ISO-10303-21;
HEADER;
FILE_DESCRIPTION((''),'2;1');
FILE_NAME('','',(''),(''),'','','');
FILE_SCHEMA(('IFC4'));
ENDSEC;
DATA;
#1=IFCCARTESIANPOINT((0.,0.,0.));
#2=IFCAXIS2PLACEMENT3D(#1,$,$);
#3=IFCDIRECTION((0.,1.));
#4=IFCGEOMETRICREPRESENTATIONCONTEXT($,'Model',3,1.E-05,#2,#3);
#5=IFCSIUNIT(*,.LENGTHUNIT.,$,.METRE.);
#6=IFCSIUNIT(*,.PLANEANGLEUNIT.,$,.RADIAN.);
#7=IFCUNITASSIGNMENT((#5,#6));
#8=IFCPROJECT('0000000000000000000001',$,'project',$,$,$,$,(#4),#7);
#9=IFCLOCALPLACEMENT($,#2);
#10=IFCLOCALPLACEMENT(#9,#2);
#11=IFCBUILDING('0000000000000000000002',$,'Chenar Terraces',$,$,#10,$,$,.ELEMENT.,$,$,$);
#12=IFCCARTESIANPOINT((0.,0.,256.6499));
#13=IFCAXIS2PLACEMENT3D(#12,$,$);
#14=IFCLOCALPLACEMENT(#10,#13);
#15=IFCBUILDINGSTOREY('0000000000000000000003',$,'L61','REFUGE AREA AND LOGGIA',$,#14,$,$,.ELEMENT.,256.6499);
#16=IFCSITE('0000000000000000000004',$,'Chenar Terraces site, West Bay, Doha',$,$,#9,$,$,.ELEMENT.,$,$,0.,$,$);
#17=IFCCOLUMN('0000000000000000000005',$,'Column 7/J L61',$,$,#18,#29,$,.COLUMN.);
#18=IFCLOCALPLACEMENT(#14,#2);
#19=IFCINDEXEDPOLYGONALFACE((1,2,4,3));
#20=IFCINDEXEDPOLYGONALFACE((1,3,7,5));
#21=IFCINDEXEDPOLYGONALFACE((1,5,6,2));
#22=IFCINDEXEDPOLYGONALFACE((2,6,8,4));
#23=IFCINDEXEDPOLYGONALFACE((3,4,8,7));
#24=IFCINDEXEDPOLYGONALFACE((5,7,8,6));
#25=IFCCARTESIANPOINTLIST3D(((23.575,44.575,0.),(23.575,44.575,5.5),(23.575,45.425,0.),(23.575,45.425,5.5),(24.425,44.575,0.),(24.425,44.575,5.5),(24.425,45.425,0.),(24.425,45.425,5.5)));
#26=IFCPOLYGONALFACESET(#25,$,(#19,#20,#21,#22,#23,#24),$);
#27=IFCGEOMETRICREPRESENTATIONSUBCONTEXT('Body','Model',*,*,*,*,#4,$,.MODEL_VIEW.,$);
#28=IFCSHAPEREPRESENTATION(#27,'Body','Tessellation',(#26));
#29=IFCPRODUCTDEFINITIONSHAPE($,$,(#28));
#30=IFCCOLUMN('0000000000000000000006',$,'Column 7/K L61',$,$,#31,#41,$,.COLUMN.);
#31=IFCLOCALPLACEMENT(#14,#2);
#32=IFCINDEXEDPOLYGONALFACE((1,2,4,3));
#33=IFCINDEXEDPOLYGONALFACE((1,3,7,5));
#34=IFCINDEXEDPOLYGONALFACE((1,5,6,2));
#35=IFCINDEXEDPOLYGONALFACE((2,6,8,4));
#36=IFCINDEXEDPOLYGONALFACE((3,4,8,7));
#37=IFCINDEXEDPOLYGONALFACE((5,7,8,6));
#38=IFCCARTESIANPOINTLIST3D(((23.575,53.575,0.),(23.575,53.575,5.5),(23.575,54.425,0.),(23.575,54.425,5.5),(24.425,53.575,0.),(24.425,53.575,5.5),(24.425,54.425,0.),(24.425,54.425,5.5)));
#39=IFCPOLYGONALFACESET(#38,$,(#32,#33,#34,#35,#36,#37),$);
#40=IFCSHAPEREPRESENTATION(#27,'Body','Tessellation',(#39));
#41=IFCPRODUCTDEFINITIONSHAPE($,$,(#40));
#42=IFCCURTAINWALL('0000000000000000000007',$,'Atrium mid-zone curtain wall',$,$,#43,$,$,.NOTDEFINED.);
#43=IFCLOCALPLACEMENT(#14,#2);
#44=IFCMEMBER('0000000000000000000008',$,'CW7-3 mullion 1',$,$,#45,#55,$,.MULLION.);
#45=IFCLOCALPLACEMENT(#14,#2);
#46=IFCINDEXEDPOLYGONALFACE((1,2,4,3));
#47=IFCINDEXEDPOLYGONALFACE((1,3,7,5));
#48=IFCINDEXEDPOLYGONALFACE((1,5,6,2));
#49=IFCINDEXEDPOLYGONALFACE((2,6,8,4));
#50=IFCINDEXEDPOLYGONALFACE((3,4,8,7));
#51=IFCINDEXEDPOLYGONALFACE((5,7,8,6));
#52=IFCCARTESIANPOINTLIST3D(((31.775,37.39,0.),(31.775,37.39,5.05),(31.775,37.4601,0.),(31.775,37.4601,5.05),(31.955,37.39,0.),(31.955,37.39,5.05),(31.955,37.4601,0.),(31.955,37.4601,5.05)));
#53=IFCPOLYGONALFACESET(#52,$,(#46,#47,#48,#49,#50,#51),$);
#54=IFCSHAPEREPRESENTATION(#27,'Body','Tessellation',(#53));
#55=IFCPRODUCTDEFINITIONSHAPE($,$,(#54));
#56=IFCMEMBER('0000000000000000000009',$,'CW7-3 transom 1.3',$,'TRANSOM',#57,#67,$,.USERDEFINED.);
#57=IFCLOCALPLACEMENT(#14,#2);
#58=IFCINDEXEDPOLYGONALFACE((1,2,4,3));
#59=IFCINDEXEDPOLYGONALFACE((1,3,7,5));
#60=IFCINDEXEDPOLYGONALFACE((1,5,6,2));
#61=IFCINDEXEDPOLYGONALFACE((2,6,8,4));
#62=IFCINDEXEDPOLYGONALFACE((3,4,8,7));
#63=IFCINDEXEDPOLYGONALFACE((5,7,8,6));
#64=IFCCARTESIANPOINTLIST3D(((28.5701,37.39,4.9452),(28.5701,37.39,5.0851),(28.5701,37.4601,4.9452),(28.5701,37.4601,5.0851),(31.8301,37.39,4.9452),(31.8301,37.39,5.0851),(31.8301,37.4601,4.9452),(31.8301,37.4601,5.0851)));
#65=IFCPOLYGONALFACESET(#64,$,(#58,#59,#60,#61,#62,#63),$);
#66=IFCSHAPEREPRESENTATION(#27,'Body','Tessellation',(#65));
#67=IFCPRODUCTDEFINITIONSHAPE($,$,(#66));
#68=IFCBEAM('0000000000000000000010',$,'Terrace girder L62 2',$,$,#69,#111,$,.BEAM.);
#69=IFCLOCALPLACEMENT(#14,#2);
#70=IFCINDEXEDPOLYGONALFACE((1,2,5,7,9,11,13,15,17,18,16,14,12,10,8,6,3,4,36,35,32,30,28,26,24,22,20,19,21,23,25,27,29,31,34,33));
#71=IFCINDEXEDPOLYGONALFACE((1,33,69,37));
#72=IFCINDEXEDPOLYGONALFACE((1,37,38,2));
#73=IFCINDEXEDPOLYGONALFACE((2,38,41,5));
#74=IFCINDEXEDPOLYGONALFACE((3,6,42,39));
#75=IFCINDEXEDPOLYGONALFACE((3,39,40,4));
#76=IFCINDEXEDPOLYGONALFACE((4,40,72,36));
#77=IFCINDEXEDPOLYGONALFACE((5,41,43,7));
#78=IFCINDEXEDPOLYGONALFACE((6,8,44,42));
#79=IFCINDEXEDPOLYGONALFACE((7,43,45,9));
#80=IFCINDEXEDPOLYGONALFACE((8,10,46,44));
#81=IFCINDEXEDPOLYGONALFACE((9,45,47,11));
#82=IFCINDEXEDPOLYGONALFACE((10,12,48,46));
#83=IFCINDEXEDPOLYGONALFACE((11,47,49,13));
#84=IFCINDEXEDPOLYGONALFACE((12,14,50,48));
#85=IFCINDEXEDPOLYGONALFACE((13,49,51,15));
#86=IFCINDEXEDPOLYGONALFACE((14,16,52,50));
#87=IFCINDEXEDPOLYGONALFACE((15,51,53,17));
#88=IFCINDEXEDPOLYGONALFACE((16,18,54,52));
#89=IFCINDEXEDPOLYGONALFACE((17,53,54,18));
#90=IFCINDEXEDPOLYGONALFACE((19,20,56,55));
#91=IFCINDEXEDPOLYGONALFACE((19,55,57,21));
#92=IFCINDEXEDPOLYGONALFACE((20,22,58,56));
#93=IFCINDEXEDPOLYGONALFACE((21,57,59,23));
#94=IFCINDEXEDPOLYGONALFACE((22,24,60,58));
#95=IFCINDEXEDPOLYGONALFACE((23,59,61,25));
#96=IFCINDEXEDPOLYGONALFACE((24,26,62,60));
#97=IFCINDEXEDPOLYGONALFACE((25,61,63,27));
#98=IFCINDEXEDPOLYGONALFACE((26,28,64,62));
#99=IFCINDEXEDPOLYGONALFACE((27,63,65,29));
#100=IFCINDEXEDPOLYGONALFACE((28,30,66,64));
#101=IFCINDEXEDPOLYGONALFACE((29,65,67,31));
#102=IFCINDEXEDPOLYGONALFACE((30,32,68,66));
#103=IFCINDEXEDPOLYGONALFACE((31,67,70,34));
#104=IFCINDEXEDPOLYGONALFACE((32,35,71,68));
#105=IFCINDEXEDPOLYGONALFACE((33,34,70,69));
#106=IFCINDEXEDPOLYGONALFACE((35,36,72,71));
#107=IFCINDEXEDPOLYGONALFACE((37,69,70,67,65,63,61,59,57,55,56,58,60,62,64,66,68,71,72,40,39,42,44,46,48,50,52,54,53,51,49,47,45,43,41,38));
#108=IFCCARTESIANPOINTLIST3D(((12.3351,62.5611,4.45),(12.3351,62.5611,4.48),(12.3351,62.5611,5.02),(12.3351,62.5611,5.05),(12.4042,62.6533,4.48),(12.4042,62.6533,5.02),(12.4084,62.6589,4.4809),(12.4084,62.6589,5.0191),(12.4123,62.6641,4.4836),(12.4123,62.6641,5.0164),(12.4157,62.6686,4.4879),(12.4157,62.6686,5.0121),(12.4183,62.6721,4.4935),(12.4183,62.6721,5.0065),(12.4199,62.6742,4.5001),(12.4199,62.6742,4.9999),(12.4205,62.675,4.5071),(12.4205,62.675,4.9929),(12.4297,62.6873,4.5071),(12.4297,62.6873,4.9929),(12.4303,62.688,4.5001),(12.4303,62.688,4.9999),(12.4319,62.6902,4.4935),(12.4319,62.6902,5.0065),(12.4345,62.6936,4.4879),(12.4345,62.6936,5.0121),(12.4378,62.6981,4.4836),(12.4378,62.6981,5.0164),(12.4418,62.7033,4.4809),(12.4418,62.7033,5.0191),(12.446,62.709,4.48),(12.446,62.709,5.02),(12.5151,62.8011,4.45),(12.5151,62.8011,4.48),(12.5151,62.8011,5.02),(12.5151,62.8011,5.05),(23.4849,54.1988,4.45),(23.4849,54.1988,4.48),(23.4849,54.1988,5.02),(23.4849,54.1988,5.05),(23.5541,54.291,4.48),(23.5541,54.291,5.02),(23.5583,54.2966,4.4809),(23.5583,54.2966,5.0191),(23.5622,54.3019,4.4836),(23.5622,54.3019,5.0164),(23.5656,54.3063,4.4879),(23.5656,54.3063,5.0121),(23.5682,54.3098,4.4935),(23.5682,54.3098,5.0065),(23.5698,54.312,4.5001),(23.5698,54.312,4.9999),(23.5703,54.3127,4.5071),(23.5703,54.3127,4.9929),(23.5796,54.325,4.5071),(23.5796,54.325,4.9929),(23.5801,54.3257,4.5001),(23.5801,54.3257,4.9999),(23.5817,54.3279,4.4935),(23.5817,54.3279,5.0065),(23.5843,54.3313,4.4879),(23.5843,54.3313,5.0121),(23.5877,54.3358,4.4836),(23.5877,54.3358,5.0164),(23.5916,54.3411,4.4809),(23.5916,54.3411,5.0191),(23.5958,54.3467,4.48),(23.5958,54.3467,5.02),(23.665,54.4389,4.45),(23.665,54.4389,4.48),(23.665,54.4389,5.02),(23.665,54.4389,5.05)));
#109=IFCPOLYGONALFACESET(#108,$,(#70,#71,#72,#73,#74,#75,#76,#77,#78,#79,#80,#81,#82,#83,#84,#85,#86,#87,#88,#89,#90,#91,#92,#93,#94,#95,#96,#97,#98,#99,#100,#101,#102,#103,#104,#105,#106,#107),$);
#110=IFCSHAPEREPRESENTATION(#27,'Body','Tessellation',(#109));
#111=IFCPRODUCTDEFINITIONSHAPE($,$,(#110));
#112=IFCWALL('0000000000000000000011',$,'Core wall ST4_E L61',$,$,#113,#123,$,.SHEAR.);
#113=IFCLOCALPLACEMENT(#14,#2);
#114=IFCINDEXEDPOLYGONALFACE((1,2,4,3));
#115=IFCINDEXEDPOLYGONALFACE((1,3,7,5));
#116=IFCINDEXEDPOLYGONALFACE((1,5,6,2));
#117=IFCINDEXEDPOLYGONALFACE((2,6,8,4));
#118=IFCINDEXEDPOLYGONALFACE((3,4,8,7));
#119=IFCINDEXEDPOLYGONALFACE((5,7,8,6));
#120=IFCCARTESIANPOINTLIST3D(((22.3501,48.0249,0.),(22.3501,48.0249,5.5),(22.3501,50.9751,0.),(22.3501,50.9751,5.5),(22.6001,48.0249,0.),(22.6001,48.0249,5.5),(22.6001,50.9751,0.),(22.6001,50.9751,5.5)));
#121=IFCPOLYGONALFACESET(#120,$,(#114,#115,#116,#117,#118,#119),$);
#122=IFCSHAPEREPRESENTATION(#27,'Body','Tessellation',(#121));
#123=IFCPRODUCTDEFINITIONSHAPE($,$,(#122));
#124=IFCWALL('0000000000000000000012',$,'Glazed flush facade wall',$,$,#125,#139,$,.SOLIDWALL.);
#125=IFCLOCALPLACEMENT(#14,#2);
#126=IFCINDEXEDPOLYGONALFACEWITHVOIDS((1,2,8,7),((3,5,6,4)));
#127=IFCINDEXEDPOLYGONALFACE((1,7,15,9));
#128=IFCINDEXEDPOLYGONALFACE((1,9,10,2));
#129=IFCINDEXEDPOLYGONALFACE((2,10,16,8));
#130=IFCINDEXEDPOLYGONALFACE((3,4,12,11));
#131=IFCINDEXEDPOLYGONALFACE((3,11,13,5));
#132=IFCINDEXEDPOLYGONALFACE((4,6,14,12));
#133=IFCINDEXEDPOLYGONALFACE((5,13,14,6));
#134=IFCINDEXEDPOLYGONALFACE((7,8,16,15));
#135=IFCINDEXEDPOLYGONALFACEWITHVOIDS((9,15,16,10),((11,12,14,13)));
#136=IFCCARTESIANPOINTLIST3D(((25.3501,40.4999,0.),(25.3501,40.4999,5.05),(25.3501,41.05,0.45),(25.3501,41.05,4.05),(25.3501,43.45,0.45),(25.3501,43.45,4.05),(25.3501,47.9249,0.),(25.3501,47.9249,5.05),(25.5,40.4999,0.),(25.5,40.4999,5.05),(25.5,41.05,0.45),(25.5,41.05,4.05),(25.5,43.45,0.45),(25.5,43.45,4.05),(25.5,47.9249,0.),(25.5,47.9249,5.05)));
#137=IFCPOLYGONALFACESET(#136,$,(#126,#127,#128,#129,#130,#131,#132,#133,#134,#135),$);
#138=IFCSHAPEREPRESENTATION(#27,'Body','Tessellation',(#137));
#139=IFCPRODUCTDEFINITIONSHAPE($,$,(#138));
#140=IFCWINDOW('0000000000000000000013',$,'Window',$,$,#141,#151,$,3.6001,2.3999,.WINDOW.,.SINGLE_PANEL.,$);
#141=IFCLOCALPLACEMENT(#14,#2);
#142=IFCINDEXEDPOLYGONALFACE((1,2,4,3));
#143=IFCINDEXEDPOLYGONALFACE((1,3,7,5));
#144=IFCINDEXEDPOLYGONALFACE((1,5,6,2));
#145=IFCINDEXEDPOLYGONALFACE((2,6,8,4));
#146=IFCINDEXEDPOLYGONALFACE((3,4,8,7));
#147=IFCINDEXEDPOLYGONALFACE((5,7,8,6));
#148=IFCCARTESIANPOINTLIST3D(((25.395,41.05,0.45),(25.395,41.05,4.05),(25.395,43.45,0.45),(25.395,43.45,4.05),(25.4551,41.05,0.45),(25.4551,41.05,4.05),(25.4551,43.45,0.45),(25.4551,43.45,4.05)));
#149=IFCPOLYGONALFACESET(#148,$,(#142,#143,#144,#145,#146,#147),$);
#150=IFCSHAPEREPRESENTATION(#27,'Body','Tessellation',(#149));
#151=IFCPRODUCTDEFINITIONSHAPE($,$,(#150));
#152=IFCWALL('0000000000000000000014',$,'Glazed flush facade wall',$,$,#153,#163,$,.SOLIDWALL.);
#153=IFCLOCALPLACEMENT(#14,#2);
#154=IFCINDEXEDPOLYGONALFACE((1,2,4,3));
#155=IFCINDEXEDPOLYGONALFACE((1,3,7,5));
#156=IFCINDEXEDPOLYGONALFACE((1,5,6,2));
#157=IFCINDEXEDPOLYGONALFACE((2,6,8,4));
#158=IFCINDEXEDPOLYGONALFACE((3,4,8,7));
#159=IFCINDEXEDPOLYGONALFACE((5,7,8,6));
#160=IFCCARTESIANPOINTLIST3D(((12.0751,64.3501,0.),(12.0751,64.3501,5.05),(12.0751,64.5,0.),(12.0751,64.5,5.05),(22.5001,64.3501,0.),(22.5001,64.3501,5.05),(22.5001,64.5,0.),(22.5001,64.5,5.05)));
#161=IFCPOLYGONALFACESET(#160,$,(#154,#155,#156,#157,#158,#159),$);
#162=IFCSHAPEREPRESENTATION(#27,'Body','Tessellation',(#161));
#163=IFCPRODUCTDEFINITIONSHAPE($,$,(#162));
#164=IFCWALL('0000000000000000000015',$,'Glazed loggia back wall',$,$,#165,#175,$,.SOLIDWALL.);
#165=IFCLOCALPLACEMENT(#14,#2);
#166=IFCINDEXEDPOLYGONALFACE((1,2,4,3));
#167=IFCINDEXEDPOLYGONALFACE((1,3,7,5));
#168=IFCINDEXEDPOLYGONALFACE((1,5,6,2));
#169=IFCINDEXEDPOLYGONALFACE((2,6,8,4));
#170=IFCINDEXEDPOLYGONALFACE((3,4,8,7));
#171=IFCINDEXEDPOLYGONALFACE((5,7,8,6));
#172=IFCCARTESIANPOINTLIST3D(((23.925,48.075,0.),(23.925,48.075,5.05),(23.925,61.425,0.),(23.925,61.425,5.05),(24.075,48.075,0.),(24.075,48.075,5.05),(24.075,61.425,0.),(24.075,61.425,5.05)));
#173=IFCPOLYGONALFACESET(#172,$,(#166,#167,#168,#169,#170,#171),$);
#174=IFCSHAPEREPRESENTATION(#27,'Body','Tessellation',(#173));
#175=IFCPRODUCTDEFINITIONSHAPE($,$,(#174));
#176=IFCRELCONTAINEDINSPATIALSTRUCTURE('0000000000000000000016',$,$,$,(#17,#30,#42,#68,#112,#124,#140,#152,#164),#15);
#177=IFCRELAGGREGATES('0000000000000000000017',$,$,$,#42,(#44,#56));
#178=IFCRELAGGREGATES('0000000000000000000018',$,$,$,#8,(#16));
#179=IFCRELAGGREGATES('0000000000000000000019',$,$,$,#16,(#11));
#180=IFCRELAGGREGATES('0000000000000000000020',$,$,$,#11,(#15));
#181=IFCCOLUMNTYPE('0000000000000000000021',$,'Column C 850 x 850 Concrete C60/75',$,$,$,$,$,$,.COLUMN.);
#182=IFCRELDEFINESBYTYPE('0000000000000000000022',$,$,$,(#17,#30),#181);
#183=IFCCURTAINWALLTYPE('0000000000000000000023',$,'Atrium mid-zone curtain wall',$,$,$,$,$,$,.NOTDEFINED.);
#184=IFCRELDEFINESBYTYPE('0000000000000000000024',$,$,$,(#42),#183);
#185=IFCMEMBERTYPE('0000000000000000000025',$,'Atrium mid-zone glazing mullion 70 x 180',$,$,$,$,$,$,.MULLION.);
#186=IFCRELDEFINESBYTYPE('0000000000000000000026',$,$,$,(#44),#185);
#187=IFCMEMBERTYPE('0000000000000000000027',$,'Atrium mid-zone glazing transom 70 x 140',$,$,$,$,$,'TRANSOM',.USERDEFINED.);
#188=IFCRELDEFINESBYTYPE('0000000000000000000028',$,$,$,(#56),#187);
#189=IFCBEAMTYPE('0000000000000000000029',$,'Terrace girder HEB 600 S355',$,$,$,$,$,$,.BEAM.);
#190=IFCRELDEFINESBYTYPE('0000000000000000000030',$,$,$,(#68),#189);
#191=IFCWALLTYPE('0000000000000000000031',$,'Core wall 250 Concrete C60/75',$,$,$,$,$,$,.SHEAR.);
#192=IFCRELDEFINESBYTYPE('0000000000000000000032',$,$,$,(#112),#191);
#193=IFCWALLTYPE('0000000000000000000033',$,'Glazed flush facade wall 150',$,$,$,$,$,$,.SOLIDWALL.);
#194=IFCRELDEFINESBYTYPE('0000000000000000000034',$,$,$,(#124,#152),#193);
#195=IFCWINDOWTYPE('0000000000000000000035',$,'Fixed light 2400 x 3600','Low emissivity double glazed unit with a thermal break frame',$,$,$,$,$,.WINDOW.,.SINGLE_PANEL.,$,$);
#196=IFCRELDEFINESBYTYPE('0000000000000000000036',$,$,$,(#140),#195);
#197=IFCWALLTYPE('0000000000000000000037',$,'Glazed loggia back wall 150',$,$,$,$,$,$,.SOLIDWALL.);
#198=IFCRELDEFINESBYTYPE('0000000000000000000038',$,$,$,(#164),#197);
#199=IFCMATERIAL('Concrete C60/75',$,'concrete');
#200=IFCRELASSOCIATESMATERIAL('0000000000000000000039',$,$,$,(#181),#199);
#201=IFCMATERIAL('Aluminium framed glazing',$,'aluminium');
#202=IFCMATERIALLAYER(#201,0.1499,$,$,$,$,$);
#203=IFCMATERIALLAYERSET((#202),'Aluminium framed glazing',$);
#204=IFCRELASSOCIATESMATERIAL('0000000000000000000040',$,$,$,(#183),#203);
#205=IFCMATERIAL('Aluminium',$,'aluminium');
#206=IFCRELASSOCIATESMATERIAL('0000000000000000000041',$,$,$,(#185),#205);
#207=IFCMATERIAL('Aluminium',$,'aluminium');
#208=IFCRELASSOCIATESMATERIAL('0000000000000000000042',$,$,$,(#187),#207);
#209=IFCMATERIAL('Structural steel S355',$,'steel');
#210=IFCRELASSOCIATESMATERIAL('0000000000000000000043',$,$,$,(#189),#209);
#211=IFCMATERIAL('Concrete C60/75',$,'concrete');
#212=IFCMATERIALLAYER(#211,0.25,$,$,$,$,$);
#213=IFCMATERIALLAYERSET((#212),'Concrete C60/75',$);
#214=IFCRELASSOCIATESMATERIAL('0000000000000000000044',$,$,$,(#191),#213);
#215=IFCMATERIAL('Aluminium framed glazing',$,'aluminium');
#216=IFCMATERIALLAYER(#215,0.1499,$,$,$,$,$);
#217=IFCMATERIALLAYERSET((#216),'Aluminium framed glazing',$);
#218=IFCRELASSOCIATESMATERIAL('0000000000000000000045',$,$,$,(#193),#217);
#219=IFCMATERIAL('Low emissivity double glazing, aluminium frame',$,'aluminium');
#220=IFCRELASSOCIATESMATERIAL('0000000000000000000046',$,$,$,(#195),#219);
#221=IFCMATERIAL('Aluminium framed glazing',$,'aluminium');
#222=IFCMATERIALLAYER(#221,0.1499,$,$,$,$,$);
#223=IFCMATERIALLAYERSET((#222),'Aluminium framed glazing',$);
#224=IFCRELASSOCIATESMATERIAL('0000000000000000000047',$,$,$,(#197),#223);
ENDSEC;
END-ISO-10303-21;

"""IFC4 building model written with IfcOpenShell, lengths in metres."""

from ifc_helpers import new_model, si_unit, direction, frame, frame_2d, origin, origin_2d, place, context, subcontext, project, spatial, rectangle, i_section, extrude, material, layer, layer_set, material_profile, profile_set, type_object, element, fill, aggregate, save


model = new_model("IFC4")

# Units and contexts
model_context = context("Model", 3, precision=1e-05, world=origin(), true_north=direction((0.0, 1.0)))
body_context = subcontext(model_context, "Body", "Model", "MODEL_VIEW")
ifc_project = project(units=[si_unit("LENGTHUNIT", "METRE"), si_unit("PLANEANGLEUNIT", "RADIAN")], contexts=[model_context])

# Site, building, storey
site_placement = place(None, origin())
site = spatial("IfcSite", under=ifc_project, at=site_placement, Name="Chenar Terraces site, West Bay, Doha", CompositionType="ELEMENT", RefElevation=0.0)
building_placement = place(site_placement, origin())
building = spatial("IfcBuilding", under=site, at=building_placement, Name="Chenar Terraces", CompositionType="ELEMENT")
storey_placement = place(building_placement, frame((0.0, 0.0, 256.6499)))
storey = spatial("IfcBuildingStorey", under=building, at=storey_placement, Name="L61", Description="REFUGE AREA AND LOGGIA", CompositionType="ELEMENT", Elevation=256.6499)

# Columns
ifc_material_1 = material(Name="Concrete C60/75", Category="concrete")
ifc_material_profile_1 = material_profile(ifc_material_1, rectangle(XDim=0.8501, YDim=0.8501, at=origin_2d()), Name="C 850 x 850")
ifc_profile_set_1 = profile_set([ifc_material_profile_1], Name="Concrete C60/75")
column_type = type_object("IfcColumnType", Name="Column C 850 x 850 Concrete C60/75", PredefinedType="COLUMN", material=ifc_profile_set_1)
for number, where, z_axis, x_axis, name in (
    (1, (24.0, 45.0, 0.0), (0.0, 0.0, 1.0), (1.0, 0.0, 0.0), "Column 7/J L61"),
    (2, (24.0, 54.0, 0.0), (0.0, 0.0, 1.0), (1.0, 0.0, 0.0), "Column 7/K L61"),
):
    element("IfcColumn", number, at=place(storey_placement, frame(where, z_axis=z_axis, x_axis=x_axis)), inside=storey, type_object=column_type, Name=name, PredefinedType="COLUMN", context=body_context, shape_type="SweptSolid", body=[
        extrude(rectangle(XDim=0.8501, YDim=0.8501, at=origin_2d()), origin(), (0.0, 0.0, 1.0), 5.5),
    ])

# Curtain wall, members
ifc_material_2 = material(Name="Aluminium framed glazing", Category="aluminium")
ifc_layer_1 = layer(ifc_material_2, 0.1499)
ifc_layer_set_1 = layer_set([ifc_layer_1], Name="Aluminium framed glazing")
curtain_wall_type = type_object("IfcCurtainWallType", Name="Atrium mid-zone curtain wall", PredefinedType="NOTDEFINED", material=ifc_layer_set_1)
curtain_wall_placement = place(storey_placement, origin())
curtain_wall = element("IfcCurtainWall", 3, at=curtain_wall_placement, inside=storey, type_object=curtain_wall_type, Name="Atrium mid-zone curtain wall", PredefinedType="NOTDEFINED")
ifc_material_3 = material(Name="Aluminium", Category="aluminium")
ifc_material_profile_2 = material_profile(ifc_material_3, rectangle(XDim=0.0701, YDim=0.1799, at=origin_2d()), Name="Atrium mid-zone glazing mullion 70 x 180")
ifc_profile_set_2 = profile_set([ifc_material_profile_2], Name="Aluminium")
member_type_1 = type_object("IfcMemberType", Name="Atrium mid-zone glazing mullion 70 x 180", PredefinedType="MULLION", material=ifc_profile_set_2)
member_1_placement = place(storey_placement, frame((31.865, 37.425, 0.0), z_axis=(0.0, 0.0, 1.0), x_axis=(0.0, -1.0, 0.0)))
member_1 = element("IfcMember", 4, at=member_1_placement, type_object=member_type_1, Name="CW7-3 mullion 1", PredefinedType="MULLION", context=body_context, shape_type="SweptSolid", body=[
    extrude(rectangle(XDim=0.0701, YDim=0.1799, at=origin_2d()), origin(), (0.0, 0.0, 1.0), 5.05),
])
ifc_material_4 = material(Name="Aluminium", Category="aluminium")
ifc_material_profile_3 = material_profile(ifc_material_4, rectangle(XDim=0.0701, YDim=0.1399, at=origin_2d()), Name="Atrium mid-zone glazing transom 70 x 140")
ifc_profile_set_3 = profile_set([ifc_material_profile_3], Name="Aluminium")
member_type_2 = type_object("IfcMemberType", Name="Atrium mid-zone glazing transom 70 x 140", ElementType="TRANSOM", PredefinedType="USERDEFINED", material=ifc_profile_set_3)
member_2_placement = place(storey_placement, frame((31.8301, 37.425, 5.0151), z_axis=(-1.0, 0.0, 0.0), x_axis=(0.0, -1.0, 0.0)))
member_2 = element("IfcMember", 5, at=member_2_placement, type_object=member_type_2, Name="CW7-3 transom 1.3", ObjectType="TRANSOM", PredefinedType="USERDEFINED", context=body_context, shape_type="SweptSolid", body=[
    extrude(rectangle(XDim=0.0701, YDim=0.1399, at=origin_2d()), origin(), (0.0, 0.0, 1.0), 3.26),
])
aggregate(curtain_wall, [member_1, member_2])

# Beam
ifc_material_5 = material(Name="Structural steel S355", Category="steel")
ifc_material_profile_4 = material_profile(ifc_material_5, i_section(OverallWidth=0.3, OverallDepth=0.6001, WebThickness=0.0154, FlangeThickness=0.03, FilletRadius=0.0271, at=origin_2d()), Name="HEB 600")
ifc_profile_set_4 = profile_set([ifc_material_profile_4], Name="Structural steel S355")
beam_type = type_object("IfcBeamType", Name="Terrace girder HEB 600 S355", PredefinedType="BEAM", material=ifc_profile_set_4)
beam_placement = place(storey_placement, frame((23.575, 54.3188, 4.75), z_axis=(-0.800004, 0.599994, 0.0), x_axis=(-0.599994, -0.800004, 0.0)))
element("IfcBeam", 6, at=beam_placement, inside=storey, type_object=beam_type, Name="Terrace girder L62 2", PredefinedType="BEAM", context=body_context, shape_type="SweptSolid", body=[
    extrude(i_section(OverallWidth=0.3, OverallDepth=0.6001, WebThickness=0.0154, FlangeThickness=0.03, FilletRadius=0.0271, at=origin_2d()), origin(), (0.0, 0.0, 1.0), 13.9373),
])

# Wall
ifc_material_6 = material(Name="Concrete C60/75", Category="concrete")
ifc_layer_2 = layer(ifc_material_6, 0.25)
ifc_layer_set_2 = layer_set([ifc_layer_2], Name="Concrete C60/75")
wall_type_1 = type_object("IfcWallType", Name="Core wall 250 Concrete C60/75", PredefinedType="SHEAR", material=ifc_layer_set_2)
wall_1_placement = place(storey_placement, frame((22.4751, 48.0249, 0.0), z_axis=(0.0, 0.0, 1.0), x_axis=(0.0, 1.0, 0.0)))
element("IfcWall", 7, at=wall_1_placement, inside=storey, type_object=wall_type_1, Name="Core wall ST4_E L61", PredefinedType="SHEAR", context=body_context, shape_type="SweptSolid", body=[
    extrude(rectangle(XDim=2.9502, YDim=0.25, at=frame_2d((1.4751, 0.0))), origin(), (0.0, 0.0, 1.0), 5.5),
])

# Wall, opening, window
ifc_material_7 = material(Name="Aluminium framed glazing", Category="aluminium")
ifc_layer_3 = layer(ifc_material_7, 0.1499)
ifc_layer_set_3 = layer_set([ifc_layer_3], Name="Aluminium framed glazing")
wall_type_2 = type_object("IfcWallType", Name="Glazed flush facade wall 150", PredefinedType="SOLIDWALL", material=ifc_layer_set_3)
wall_2_placement = place(storey_placement, frame((25.425, 40.5, 0.0), z_axis=(0.0, 0.0, 1.0), x_axis=(0.0, 1.0, 0.0)))
wall_2 = element("IfcWall", 8, at=wall_2_placement, inside=storey, type_object=wall_type_2, Name="Glazed flush facade wall", PredefinedType="SOLIDWALL", context=body_context, shape_type="SweptSolid", body=[
    extrude(rectangle(XDim=7.425, YDim=0.1499, at=frame_2d((3.7124, 0.0))), origin(), (0.0, 0.0, 1.0), 5.05),
])
opening_1_placement = place(wall_2_placement, frame((0.55, 0.0, 0.45)))
opening_1 = element("IfcOpeningElement", 9, at=opening_1_placement, cuts=wall_2, PredefinedType="OPENING", context=body_context, shape_type="SweptSolid", body=[
    extrude(rectangle(XDim=2.3999, YDim=3.6001, at=frame_2d((1.2, 1.8))), frame((0.0, 0.085, 0.0), z_axis=(0.0, -1.0, 0.0), x_axis=(1.0, 0.0, 0.0)), (0.0, 0.0, 1.0), 0.1699),
])
ifc_material_8 = material(Name="Low emissivity double glazing, aluminium frame", Category="aluminium")
window_type_1 = type_object("IfcWindowType", Name="Fixed light 2400 x 3600", Description="Low emissivity double glazed unit with a thermal break frame", PartitioningType="SINGLE_PANEL", PredefinedType="WINDOW", material=ifc_material_8)
window_1_placement = place(opening_1_placement, origin())
window_1 = element("IfcWindow", 10, at=window_1_placement, inside=storey, type_object=window_type_1, Name="Window", OverallHeight=3.6001, OverallWidth=2.3999, PartitioningType="SINGLE_PANEL", PredefinedType="WINDOW", context=body_context, shape_type="SweptSolid", body=[
    extrude(rectangle(XDim=2.3999, YDim=3.6001, at=frame_2d((1.2, 1.8))), frame((0.0, 0.03, 0.0), z_axis=(0.0, -1.0, 0.0), x_axis=(1.0, 0.0, 0.0)), (0.0, 0.0, 1.0), 0.0601),
])
fill(opening_1, window_1)

# Walls
wall_3_placement = place(storey_placement, frame((22.5, 64.425, 0.0), z_axis=(0.0, 0.0, 1.0), x_axis=(-1.0, 0.0, 0.0)))
element("IfcWall", 11, at=wall_3_placement, inside=storey, type_object=wall_type_2, Name="Glazed flush facade wall", PredefinedType="SOLIDWALL", context=body_context, shape_type="SweptSolid", body=[
    extrude(rectangle(XDim=10.425, YDim=0.1499, at=frame_2d((5.2124, 0.0))), origin(), (0.0, 0.0, 1.0), 5.05),
])
ifc_material_9 = material(Name="Aluminium framed glazing", Category="aluminium")
ifc_layer_4 = layer(ifc_material_9, 0.1499)
ifc_layer_set_4 = layer_set([ifc_layer_4], Name="Aluminium framed glazing")
wall_type_3 = type_object("IfcWallType", Name="Glazed loggia back wall 150", PredefinedType="SOLIDWALL", material=ifc_layer_set_4)
wall_4_placement = place(storey_placement, frame((24.0, 48.075, 0.0), z_axis=(0.0, 0.0, 1.0), x_axis=(0.0, 1.0, 0.0)))
element("IfcWall", 12, at=wall_4_placement, inside=storey, type_object=wall_type_3, Name="Glazed loggia back wall", PredefinedType="SOLIDWALL", context=body_context, shape_type="SweptSolid", body=[
    extrude(rectangle(XDim=13.3501, YDim=0.1499, at=frame_2d((6.675, 0.0))), origin(), (0.0, 0.0, 1.0), 5.05),
])

save(model, "model.ifc")
